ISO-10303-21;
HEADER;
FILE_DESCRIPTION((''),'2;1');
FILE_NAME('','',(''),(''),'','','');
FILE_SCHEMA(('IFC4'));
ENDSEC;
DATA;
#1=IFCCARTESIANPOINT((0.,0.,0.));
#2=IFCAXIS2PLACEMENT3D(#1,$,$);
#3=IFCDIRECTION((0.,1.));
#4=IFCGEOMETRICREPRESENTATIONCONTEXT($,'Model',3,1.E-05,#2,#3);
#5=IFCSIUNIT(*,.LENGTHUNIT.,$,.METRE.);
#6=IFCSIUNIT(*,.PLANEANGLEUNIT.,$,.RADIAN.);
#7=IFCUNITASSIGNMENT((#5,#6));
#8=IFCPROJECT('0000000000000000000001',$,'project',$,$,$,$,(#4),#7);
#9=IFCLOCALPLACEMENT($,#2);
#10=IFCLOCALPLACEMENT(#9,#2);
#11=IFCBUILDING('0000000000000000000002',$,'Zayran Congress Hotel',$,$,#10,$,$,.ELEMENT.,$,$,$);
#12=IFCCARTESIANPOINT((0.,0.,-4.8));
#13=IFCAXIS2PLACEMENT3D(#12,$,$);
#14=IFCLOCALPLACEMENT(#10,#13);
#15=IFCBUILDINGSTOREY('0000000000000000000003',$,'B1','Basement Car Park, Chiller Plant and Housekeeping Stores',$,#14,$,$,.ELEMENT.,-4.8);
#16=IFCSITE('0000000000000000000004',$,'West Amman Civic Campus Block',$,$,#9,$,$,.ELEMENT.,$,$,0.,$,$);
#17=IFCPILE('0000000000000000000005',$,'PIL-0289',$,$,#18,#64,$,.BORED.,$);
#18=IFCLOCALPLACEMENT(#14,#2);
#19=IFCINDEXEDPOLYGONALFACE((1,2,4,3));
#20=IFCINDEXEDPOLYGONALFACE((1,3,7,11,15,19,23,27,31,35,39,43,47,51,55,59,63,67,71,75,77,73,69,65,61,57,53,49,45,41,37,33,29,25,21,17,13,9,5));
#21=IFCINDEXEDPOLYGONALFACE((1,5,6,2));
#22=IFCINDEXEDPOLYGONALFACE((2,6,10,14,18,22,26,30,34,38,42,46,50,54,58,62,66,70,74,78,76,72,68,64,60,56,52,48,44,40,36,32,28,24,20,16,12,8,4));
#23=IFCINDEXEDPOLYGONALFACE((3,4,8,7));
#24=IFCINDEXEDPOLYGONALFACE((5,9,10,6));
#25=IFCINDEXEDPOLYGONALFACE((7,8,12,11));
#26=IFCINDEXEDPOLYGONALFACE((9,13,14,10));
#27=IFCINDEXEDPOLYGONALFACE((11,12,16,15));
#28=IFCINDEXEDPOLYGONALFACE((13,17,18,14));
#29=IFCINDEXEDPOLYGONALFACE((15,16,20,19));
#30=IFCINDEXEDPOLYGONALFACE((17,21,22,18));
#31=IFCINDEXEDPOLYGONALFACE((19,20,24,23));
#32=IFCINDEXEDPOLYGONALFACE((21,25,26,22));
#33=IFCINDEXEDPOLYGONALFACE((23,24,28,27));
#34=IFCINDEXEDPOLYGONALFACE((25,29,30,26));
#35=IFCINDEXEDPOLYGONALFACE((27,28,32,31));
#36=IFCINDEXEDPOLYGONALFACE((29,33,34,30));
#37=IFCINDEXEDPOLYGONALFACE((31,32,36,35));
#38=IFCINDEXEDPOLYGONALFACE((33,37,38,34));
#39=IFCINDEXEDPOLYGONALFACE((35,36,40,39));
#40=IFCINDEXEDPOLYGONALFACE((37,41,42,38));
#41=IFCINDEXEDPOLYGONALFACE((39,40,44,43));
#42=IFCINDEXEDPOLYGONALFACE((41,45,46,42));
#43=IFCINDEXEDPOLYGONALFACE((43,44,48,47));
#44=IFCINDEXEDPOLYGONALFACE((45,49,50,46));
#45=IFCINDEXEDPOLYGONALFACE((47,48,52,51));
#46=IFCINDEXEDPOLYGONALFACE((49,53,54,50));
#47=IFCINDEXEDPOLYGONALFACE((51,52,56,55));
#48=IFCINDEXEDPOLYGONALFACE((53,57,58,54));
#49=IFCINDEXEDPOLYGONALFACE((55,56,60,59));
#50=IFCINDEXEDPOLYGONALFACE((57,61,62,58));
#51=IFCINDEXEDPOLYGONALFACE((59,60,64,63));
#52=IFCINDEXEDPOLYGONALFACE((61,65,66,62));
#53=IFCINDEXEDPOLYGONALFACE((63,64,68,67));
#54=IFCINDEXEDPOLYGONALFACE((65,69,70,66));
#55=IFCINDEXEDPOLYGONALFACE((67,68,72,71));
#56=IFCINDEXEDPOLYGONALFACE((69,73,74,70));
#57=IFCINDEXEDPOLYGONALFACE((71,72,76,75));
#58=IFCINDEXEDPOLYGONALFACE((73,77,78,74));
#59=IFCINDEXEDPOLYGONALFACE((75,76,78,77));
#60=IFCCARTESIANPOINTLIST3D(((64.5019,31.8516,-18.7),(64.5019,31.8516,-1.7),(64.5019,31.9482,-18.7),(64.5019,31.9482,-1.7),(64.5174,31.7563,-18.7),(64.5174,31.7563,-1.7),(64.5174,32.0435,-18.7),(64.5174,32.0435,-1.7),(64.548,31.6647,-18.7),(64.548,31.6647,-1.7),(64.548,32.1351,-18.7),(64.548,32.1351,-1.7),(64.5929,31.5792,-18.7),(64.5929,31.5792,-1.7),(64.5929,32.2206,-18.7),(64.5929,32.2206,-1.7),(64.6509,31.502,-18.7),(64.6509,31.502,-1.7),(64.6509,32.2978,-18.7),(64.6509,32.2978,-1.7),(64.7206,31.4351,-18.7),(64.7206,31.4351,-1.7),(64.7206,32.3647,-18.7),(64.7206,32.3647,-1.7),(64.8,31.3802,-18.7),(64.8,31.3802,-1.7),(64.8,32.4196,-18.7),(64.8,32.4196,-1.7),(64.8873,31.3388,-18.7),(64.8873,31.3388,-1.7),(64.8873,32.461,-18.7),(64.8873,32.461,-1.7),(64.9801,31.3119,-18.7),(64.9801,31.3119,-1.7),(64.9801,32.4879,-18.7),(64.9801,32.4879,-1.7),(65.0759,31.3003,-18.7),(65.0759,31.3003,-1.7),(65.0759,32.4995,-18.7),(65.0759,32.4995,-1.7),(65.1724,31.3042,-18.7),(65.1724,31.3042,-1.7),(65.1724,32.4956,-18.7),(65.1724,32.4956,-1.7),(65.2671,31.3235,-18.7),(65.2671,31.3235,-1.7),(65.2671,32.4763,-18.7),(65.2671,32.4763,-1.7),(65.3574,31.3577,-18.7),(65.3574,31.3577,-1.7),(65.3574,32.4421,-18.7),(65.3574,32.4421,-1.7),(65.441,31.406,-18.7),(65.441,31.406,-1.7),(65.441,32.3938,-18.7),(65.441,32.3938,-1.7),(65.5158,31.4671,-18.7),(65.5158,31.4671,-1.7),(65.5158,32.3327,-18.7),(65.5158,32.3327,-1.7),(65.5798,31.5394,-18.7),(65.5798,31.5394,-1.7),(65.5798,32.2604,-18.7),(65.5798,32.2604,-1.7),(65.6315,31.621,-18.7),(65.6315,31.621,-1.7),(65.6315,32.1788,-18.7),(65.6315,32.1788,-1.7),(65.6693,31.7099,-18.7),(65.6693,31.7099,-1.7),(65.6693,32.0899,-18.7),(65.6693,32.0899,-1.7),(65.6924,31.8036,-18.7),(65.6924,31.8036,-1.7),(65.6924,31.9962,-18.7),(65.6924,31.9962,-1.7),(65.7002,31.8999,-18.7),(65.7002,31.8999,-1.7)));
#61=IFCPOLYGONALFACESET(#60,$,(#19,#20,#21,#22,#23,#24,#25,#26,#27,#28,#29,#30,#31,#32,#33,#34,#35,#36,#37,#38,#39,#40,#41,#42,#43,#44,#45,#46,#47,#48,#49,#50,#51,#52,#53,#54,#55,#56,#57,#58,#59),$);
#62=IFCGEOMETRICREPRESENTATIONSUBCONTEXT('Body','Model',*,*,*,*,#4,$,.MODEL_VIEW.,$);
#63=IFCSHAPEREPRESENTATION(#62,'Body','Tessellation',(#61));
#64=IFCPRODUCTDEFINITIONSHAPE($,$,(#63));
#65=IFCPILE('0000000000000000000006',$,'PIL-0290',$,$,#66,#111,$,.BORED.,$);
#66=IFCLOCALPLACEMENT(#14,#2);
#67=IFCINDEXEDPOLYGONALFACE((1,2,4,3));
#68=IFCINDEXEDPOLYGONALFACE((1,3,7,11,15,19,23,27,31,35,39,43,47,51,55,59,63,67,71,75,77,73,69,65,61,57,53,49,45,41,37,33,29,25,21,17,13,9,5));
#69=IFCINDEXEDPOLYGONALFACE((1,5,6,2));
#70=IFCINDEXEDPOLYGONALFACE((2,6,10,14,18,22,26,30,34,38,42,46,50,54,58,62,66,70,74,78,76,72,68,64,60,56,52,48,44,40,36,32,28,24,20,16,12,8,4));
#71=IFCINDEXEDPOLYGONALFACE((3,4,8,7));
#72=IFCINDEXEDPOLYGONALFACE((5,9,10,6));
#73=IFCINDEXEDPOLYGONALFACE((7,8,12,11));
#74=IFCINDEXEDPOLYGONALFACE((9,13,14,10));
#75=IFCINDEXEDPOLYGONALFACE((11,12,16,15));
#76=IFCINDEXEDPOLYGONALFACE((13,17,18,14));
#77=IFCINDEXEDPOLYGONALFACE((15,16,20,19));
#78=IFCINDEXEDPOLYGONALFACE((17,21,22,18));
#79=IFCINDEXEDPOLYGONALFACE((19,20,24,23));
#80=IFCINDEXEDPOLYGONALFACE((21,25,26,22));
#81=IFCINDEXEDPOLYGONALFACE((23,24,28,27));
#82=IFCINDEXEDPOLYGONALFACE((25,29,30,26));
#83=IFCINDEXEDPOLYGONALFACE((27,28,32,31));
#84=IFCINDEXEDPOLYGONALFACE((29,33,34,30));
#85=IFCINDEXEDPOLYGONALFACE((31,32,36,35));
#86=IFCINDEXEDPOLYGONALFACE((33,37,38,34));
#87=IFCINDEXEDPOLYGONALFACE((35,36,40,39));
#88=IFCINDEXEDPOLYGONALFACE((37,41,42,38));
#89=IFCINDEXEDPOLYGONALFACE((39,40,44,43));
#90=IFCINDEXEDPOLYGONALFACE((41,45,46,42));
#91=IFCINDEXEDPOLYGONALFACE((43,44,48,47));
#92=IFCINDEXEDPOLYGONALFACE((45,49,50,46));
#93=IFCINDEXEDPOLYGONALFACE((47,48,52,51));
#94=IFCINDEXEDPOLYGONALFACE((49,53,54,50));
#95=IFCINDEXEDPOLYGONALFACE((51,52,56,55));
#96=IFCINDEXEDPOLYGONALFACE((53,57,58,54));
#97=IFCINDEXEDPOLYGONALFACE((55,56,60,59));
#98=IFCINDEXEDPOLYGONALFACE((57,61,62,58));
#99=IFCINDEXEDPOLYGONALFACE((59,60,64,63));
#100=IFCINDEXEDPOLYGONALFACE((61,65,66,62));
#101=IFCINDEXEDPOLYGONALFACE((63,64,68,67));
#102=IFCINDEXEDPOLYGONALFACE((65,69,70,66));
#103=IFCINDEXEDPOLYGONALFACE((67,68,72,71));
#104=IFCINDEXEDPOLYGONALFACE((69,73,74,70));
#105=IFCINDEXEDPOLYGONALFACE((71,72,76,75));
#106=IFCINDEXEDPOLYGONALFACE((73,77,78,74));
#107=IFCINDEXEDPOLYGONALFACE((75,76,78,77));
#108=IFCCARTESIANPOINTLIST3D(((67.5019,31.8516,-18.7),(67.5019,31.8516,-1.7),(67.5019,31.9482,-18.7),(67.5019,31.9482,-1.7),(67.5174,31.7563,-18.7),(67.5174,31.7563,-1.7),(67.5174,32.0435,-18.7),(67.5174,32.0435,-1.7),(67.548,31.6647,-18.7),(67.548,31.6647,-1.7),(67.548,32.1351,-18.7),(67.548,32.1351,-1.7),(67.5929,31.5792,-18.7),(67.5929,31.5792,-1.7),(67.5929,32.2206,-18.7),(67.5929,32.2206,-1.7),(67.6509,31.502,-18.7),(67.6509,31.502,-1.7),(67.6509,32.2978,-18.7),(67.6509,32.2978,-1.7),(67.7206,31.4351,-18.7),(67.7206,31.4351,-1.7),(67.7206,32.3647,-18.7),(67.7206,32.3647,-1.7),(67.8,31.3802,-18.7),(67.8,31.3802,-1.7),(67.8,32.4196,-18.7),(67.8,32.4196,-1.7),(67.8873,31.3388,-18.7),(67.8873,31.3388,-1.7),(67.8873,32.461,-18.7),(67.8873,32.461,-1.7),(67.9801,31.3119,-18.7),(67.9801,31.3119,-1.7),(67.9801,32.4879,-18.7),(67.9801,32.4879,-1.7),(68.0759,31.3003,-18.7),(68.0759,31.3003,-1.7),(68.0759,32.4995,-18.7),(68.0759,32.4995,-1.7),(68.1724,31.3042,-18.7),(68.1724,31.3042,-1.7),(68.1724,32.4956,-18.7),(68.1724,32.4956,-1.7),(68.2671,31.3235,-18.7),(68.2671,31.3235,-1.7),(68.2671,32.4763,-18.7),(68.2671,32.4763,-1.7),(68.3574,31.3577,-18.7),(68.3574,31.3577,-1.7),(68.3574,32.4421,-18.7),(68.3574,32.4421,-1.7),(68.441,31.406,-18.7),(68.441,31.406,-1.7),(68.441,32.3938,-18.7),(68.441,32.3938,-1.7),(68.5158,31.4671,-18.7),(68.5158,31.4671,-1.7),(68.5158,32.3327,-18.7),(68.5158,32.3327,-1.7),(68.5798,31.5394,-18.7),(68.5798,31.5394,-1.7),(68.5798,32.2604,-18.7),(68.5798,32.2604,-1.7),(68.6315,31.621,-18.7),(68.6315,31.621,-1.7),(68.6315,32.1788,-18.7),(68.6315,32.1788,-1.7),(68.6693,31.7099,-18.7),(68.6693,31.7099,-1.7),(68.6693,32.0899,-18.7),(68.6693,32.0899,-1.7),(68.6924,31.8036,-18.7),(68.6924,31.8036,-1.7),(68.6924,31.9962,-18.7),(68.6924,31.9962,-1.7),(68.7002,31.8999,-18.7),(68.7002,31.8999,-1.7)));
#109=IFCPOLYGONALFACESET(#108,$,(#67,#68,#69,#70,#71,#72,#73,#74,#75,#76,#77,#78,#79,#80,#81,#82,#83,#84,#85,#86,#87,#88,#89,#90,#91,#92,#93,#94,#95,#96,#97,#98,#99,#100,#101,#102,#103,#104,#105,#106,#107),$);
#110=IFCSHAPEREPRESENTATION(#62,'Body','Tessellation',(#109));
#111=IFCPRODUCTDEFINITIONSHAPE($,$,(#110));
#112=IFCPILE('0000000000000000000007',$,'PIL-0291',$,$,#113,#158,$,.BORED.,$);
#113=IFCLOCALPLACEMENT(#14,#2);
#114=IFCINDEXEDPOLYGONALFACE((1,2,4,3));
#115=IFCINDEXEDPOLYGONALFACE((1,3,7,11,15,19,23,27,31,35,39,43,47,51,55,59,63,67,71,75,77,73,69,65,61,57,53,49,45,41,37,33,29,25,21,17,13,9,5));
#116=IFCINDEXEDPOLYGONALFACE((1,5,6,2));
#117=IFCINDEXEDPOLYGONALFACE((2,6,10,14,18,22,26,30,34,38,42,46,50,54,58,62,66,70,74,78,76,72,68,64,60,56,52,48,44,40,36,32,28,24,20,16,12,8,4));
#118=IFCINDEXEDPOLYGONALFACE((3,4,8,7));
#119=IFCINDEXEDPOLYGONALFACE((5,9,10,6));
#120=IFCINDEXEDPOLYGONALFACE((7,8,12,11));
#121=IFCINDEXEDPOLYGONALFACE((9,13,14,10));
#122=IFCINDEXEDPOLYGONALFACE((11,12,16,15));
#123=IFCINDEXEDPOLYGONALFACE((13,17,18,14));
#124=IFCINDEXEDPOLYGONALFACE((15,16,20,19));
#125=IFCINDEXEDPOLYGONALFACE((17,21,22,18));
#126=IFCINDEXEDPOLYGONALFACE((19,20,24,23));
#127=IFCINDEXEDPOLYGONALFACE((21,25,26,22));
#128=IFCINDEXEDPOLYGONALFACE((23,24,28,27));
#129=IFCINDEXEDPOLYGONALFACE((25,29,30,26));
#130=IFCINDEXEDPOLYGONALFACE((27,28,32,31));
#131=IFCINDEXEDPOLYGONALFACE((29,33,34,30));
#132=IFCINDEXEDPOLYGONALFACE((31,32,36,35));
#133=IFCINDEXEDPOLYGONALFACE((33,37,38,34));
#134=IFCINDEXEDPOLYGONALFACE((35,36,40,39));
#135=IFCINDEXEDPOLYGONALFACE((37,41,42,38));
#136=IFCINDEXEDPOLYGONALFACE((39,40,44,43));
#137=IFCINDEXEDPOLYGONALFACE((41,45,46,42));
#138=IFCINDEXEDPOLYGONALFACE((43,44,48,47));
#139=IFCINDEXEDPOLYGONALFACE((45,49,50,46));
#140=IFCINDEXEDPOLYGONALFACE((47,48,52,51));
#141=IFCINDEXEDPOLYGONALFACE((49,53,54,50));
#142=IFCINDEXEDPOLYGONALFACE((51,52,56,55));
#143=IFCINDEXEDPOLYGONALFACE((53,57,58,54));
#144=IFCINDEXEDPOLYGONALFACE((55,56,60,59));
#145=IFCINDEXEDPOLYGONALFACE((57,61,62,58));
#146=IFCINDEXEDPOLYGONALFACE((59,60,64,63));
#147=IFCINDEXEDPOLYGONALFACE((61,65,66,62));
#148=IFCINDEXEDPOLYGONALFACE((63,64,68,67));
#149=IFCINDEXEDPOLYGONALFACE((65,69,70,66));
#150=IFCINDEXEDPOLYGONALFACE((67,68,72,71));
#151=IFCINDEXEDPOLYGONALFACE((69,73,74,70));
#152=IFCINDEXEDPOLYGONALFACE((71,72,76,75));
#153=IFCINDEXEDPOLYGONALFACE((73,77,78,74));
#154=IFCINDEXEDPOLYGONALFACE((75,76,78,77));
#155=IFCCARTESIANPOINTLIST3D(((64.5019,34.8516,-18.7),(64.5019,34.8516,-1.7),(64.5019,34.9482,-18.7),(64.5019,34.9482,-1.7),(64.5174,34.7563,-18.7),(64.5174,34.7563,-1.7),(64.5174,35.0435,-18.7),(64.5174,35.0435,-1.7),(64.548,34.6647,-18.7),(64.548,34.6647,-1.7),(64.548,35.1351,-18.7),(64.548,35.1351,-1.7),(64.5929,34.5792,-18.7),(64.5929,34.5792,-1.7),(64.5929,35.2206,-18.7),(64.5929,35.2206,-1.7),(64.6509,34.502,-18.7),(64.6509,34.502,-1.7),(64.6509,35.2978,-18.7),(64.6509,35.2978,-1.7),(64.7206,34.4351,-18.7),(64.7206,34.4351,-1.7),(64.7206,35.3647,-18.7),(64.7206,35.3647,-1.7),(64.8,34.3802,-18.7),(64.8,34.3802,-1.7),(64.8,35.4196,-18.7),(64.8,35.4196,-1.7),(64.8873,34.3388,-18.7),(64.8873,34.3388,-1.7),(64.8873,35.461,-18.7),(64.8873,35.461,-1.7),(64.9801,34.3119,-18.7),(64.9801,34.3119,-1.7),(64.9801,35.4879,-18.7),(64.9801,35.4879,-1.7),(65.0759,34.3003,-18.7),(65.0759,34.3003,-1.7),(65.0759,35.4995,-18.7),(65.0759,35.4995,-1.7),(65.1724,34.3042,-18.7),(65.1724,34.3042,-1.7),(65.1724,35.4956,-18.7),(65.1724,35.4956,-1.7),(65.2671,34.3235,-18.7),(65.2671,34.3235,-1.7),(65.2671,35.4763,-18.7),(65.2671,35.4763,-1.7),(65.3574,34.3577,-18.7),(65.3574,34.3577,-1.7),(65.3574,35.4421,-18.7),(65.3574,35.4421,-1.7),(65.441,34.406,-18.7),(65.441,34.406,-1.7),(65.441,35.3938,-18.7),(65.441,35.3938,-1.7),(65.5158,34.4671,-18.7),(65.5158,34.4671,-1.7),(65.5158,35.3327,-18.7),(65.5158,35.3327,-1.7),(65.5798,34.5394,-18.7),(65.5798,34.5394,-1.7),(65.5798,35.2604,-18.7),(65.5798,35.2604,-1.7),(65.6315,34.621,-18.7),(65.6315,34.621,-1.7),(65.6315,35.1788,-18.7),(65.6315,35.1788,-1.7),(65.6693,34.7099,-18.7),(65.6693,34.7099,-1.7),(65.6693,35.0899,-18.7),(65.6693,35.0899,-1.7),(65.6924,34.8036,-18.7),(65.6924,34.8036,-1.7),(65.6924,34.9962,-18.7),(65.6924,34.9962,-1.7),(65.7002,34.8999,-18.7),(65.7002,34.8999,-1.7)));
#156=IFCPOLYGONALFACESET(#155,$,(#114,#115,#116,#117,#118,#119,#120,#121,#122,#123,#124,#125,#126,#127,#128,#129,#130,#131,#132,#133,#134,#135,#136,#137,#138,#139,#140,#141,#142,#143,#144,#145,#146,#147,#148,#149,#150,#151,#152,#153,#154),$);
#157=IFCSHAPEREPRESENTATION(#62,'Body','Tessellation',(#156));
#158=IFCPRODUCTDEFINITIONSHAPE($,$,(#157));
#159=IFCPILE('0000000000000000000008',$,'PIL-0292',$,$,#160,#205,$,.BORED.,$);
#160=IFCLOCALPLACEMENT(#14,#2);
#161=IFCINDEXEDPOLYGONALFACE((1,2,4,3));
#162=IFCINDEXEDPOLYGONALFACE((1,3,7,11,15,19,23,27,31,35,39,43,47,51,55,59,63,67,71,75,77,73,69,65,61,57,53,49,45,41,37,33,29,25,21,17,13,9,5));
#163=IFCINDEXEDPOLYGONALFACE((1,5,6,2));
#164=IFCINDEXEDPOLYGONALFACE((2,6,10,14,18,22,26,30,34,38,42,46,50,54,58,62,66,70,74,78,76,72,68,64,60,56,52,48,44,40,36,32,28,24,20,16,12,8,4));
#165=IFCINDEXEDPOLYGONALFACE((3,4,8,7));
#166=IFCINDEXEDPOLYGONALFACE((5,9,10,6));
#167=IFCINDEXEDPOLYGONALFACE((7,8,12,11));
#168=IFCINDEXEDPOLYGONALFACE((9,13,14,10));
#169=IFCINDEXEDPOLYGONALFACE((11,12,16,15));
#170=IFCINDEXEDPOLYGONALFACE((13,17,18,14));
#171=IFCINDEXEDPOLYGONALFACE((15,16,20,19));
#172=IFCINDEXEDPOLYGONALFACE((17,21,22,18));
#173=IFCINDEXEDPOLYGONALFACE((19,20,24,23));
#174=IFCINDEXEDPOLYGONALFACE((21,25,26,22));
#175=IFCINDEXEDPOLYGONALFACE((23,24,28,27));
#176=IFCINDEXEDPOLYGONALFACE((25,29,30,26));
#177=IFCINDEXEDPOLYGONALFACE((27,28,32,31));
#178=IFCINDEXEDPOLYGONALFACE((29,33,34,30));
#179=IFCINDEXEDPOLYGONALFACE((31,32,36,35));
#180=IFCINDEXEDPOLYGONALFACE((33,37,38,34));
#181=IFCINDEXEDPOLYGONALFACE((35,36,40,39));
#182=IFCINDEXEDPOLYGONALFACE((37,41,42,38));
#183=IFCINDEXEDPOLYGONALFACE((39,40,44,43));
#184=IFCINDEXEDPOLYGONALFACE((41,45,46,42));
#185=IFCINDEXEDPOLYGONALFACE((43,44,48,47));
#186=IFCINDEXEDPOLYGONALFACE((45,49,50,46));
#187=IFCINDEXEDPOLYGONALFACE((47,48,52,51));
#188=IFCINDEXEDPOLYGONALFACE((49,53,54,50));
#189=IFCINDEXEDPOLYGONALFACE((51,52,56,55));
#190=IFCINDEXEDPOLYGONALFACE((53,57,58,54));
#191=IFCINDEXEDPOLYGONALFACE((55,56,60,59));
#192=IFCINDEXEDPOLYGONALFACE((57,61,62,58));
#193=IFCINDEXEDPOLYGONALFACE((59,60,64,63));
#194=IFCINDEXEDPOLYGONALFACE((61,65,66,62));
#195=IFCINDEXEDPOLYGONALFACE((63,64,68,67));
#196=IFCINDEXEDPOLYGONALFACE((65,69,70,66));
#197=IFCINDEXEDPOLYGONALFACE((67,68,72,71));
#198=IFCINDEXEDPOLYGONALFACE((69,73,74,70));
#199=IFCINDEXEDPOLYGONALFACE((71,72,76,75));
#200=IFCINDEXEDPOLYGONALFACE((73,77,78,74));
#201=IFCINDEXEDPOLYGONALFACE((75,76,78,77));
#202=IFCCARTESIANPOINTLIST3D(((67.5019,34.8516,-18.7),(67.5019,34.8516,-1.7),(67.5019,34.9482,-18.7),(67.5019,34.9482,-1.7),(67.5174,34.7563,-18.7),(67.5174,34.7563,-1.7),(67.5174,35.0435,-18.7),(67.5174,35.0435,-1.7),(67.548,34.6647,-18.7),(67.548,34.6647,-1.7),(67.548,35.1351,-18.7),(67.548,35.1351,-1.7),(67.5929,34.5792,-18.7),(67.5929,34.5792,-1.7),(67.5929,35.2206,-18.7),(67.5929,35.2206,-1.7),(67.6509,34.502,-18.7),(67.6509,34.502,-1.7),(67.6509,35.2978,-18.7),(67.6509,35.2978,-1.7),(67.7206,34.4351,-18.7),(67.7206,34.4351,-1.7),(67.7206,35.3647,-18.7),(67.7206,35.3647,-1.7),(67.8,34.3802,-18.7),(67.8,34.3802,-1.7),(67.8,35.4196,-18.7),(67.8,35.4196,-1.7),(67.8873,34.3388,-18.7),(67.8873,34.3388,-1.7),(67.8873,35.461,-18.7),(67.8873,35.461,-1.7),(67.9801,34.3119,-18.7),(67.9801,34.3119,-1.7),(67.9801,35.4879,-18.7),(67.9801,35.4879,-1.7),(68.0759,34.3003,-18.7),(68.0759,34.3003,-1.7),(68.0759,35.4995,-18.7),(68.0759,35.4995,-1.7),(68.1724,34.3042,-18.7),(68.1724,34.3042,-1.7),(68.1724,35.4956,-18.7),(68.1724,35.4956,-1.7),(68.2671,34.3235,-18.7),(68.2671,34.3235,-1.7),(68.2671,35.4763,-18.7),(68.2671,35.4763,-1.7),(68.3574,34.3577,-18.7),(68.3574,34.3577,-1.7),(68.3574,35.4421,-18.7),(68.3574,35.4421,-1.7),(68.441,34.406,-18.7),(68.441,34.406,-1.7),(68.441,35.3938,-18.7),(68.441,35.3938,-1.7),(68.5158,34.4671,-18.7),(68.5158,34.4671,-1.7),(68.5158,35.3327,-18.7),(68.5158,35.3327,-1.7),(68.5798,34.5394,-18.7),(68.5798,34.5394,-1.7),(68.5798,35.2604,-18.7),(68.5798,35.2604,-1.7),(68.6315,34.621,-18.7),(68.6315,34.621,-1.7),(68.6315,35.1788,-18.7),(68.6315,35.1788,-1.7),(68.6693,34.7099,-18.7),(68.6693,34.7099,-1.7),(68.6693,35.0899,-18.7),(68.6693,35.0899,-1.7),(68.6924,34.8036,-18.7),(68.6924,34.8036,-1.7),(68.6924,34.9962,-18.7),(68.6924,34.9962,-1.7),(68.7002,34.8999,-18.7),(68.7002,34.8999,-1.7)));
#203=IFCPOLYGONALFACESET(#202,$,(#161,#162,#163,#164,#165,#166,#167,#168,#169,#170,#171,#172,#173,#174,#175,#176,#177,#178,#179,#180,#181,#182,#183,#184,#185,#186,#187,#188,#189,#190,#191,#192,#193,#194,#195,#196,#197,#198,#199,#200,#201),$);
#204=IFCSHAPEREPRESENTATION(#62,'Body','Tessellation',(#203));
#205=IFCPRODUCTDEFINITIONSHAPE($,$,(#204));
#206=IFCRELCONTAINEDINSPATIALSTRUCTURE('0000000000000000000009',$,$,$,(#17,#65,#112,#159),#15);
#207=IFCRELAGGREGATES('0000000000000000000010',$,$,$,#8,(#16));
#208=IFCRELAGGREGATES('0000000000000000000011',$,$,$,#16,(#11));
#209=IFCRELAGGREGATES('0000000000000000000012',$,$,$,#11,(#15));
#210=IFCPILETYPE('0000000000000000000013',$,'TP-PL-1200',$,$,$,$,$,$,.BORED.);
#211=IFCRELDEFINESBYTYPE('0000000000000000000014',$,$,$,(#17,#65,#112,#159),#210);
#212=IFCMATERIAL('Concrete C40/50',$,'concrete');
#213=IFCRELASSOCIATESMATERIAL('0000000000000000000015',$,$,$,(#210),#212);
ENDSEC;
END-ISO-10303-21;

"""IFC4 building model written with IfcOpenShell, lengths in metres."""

from ifc_helpers import new_model, si_unit, direction, frame, origin, origin_2d, place, context, subcontext, project, spatial, circle, extrude, material, material_profile, profile_set, type_object, element, save


model = new_model("IFC4")

# Units and contexts
model_context = context("Model", 3, precision=1e-05, world=origin(), true_north=direction((0.0, 1.0)))
body_context = subcontext(model_context, "Body", "Model", "MODEL_VIEW")
ifc_project = project(units=[si_unit("LENGTHUNIT", "METRE"), si_unit("PLANEANGLEUNIT", "RADIAN")], contexts=[model_context])

# Site, building, storey
site_placement = place(None, origin())
site = spatial("IfcSite", under=ifc_project, at=site_placement, Name="West Amman Civic Campus Block", CompositionType="ELEMENT", RefElevation=0.0)
building_placement = place(site_placement, origin())
building = spatial("IfcBuilding", under=site, at=building_placement, Name="Zayran Congress Hotel", CompositionType="ELEMENT")
storey_placement = place(building_placement, frame((0.0, 0.0, -4.8)))
storey = spatial("IfcBuildingStorey", under=building, at=storey_placement, Name="B1", Description="Basement Car Park, Chiller Plant and Housekeeping Stores", CompositionType="ELEMENT", Elevation=-4.8)

# Piles
ifc_material_1 = material(Name="Concrete C40/50", Category="concrete")
ifc_material_profile_1 = material_profile(ifc_material_1, circle(Radius=0.6001, at=origin_2d()), Name="PILE D1200")
ifc_profile_set_1 = profile_set([ifc_material_profile_1], Name="Concrete C40/50")
pile_type = type_object("IfcPileType", Name="TP-PL-1200", PredefinedType="BORED", material=ifc_profile_set_1)
for number, where, z_axis, x_axis, name in (
    (1, (65.1001, 31.8999, -1.7), (0.0, 0.0, -1.0), (1.0, 0.0, 0.0), "PIL-0289"),
    (2, (68.1001, 31.8999, -1.7), (0.0, 0.0, -1.0), (1.0, 0.0, 0.0), "PIL-0290"),
    (3, (65.1001, 34.8999, -1.7), (0.0, 0.0, -1.0), (1.0, 0.0, 0.0), "PIL-0291"),
    (4, (68.1001, 34.8999, -1.7), (0.0, 0.0, -1.0), (1.0, 0.0, 0.0), "PIL-0292"),
):
    element("IfcPile", number, at=place(storey_placement, frame(where, z_axis=z_axis, x_axis=x_axis)), inside=storey, type_object=pile_type, Name=name, PredefinedType="BORED", context=body_context, shape_type="SweptSolid", body=[
        extrude(circle(Radius=0.6001, at=origin_2d()), origin(), (0.0, 0.0, 1.0), 17.0),
    ])

save(model, "model.ifc")
